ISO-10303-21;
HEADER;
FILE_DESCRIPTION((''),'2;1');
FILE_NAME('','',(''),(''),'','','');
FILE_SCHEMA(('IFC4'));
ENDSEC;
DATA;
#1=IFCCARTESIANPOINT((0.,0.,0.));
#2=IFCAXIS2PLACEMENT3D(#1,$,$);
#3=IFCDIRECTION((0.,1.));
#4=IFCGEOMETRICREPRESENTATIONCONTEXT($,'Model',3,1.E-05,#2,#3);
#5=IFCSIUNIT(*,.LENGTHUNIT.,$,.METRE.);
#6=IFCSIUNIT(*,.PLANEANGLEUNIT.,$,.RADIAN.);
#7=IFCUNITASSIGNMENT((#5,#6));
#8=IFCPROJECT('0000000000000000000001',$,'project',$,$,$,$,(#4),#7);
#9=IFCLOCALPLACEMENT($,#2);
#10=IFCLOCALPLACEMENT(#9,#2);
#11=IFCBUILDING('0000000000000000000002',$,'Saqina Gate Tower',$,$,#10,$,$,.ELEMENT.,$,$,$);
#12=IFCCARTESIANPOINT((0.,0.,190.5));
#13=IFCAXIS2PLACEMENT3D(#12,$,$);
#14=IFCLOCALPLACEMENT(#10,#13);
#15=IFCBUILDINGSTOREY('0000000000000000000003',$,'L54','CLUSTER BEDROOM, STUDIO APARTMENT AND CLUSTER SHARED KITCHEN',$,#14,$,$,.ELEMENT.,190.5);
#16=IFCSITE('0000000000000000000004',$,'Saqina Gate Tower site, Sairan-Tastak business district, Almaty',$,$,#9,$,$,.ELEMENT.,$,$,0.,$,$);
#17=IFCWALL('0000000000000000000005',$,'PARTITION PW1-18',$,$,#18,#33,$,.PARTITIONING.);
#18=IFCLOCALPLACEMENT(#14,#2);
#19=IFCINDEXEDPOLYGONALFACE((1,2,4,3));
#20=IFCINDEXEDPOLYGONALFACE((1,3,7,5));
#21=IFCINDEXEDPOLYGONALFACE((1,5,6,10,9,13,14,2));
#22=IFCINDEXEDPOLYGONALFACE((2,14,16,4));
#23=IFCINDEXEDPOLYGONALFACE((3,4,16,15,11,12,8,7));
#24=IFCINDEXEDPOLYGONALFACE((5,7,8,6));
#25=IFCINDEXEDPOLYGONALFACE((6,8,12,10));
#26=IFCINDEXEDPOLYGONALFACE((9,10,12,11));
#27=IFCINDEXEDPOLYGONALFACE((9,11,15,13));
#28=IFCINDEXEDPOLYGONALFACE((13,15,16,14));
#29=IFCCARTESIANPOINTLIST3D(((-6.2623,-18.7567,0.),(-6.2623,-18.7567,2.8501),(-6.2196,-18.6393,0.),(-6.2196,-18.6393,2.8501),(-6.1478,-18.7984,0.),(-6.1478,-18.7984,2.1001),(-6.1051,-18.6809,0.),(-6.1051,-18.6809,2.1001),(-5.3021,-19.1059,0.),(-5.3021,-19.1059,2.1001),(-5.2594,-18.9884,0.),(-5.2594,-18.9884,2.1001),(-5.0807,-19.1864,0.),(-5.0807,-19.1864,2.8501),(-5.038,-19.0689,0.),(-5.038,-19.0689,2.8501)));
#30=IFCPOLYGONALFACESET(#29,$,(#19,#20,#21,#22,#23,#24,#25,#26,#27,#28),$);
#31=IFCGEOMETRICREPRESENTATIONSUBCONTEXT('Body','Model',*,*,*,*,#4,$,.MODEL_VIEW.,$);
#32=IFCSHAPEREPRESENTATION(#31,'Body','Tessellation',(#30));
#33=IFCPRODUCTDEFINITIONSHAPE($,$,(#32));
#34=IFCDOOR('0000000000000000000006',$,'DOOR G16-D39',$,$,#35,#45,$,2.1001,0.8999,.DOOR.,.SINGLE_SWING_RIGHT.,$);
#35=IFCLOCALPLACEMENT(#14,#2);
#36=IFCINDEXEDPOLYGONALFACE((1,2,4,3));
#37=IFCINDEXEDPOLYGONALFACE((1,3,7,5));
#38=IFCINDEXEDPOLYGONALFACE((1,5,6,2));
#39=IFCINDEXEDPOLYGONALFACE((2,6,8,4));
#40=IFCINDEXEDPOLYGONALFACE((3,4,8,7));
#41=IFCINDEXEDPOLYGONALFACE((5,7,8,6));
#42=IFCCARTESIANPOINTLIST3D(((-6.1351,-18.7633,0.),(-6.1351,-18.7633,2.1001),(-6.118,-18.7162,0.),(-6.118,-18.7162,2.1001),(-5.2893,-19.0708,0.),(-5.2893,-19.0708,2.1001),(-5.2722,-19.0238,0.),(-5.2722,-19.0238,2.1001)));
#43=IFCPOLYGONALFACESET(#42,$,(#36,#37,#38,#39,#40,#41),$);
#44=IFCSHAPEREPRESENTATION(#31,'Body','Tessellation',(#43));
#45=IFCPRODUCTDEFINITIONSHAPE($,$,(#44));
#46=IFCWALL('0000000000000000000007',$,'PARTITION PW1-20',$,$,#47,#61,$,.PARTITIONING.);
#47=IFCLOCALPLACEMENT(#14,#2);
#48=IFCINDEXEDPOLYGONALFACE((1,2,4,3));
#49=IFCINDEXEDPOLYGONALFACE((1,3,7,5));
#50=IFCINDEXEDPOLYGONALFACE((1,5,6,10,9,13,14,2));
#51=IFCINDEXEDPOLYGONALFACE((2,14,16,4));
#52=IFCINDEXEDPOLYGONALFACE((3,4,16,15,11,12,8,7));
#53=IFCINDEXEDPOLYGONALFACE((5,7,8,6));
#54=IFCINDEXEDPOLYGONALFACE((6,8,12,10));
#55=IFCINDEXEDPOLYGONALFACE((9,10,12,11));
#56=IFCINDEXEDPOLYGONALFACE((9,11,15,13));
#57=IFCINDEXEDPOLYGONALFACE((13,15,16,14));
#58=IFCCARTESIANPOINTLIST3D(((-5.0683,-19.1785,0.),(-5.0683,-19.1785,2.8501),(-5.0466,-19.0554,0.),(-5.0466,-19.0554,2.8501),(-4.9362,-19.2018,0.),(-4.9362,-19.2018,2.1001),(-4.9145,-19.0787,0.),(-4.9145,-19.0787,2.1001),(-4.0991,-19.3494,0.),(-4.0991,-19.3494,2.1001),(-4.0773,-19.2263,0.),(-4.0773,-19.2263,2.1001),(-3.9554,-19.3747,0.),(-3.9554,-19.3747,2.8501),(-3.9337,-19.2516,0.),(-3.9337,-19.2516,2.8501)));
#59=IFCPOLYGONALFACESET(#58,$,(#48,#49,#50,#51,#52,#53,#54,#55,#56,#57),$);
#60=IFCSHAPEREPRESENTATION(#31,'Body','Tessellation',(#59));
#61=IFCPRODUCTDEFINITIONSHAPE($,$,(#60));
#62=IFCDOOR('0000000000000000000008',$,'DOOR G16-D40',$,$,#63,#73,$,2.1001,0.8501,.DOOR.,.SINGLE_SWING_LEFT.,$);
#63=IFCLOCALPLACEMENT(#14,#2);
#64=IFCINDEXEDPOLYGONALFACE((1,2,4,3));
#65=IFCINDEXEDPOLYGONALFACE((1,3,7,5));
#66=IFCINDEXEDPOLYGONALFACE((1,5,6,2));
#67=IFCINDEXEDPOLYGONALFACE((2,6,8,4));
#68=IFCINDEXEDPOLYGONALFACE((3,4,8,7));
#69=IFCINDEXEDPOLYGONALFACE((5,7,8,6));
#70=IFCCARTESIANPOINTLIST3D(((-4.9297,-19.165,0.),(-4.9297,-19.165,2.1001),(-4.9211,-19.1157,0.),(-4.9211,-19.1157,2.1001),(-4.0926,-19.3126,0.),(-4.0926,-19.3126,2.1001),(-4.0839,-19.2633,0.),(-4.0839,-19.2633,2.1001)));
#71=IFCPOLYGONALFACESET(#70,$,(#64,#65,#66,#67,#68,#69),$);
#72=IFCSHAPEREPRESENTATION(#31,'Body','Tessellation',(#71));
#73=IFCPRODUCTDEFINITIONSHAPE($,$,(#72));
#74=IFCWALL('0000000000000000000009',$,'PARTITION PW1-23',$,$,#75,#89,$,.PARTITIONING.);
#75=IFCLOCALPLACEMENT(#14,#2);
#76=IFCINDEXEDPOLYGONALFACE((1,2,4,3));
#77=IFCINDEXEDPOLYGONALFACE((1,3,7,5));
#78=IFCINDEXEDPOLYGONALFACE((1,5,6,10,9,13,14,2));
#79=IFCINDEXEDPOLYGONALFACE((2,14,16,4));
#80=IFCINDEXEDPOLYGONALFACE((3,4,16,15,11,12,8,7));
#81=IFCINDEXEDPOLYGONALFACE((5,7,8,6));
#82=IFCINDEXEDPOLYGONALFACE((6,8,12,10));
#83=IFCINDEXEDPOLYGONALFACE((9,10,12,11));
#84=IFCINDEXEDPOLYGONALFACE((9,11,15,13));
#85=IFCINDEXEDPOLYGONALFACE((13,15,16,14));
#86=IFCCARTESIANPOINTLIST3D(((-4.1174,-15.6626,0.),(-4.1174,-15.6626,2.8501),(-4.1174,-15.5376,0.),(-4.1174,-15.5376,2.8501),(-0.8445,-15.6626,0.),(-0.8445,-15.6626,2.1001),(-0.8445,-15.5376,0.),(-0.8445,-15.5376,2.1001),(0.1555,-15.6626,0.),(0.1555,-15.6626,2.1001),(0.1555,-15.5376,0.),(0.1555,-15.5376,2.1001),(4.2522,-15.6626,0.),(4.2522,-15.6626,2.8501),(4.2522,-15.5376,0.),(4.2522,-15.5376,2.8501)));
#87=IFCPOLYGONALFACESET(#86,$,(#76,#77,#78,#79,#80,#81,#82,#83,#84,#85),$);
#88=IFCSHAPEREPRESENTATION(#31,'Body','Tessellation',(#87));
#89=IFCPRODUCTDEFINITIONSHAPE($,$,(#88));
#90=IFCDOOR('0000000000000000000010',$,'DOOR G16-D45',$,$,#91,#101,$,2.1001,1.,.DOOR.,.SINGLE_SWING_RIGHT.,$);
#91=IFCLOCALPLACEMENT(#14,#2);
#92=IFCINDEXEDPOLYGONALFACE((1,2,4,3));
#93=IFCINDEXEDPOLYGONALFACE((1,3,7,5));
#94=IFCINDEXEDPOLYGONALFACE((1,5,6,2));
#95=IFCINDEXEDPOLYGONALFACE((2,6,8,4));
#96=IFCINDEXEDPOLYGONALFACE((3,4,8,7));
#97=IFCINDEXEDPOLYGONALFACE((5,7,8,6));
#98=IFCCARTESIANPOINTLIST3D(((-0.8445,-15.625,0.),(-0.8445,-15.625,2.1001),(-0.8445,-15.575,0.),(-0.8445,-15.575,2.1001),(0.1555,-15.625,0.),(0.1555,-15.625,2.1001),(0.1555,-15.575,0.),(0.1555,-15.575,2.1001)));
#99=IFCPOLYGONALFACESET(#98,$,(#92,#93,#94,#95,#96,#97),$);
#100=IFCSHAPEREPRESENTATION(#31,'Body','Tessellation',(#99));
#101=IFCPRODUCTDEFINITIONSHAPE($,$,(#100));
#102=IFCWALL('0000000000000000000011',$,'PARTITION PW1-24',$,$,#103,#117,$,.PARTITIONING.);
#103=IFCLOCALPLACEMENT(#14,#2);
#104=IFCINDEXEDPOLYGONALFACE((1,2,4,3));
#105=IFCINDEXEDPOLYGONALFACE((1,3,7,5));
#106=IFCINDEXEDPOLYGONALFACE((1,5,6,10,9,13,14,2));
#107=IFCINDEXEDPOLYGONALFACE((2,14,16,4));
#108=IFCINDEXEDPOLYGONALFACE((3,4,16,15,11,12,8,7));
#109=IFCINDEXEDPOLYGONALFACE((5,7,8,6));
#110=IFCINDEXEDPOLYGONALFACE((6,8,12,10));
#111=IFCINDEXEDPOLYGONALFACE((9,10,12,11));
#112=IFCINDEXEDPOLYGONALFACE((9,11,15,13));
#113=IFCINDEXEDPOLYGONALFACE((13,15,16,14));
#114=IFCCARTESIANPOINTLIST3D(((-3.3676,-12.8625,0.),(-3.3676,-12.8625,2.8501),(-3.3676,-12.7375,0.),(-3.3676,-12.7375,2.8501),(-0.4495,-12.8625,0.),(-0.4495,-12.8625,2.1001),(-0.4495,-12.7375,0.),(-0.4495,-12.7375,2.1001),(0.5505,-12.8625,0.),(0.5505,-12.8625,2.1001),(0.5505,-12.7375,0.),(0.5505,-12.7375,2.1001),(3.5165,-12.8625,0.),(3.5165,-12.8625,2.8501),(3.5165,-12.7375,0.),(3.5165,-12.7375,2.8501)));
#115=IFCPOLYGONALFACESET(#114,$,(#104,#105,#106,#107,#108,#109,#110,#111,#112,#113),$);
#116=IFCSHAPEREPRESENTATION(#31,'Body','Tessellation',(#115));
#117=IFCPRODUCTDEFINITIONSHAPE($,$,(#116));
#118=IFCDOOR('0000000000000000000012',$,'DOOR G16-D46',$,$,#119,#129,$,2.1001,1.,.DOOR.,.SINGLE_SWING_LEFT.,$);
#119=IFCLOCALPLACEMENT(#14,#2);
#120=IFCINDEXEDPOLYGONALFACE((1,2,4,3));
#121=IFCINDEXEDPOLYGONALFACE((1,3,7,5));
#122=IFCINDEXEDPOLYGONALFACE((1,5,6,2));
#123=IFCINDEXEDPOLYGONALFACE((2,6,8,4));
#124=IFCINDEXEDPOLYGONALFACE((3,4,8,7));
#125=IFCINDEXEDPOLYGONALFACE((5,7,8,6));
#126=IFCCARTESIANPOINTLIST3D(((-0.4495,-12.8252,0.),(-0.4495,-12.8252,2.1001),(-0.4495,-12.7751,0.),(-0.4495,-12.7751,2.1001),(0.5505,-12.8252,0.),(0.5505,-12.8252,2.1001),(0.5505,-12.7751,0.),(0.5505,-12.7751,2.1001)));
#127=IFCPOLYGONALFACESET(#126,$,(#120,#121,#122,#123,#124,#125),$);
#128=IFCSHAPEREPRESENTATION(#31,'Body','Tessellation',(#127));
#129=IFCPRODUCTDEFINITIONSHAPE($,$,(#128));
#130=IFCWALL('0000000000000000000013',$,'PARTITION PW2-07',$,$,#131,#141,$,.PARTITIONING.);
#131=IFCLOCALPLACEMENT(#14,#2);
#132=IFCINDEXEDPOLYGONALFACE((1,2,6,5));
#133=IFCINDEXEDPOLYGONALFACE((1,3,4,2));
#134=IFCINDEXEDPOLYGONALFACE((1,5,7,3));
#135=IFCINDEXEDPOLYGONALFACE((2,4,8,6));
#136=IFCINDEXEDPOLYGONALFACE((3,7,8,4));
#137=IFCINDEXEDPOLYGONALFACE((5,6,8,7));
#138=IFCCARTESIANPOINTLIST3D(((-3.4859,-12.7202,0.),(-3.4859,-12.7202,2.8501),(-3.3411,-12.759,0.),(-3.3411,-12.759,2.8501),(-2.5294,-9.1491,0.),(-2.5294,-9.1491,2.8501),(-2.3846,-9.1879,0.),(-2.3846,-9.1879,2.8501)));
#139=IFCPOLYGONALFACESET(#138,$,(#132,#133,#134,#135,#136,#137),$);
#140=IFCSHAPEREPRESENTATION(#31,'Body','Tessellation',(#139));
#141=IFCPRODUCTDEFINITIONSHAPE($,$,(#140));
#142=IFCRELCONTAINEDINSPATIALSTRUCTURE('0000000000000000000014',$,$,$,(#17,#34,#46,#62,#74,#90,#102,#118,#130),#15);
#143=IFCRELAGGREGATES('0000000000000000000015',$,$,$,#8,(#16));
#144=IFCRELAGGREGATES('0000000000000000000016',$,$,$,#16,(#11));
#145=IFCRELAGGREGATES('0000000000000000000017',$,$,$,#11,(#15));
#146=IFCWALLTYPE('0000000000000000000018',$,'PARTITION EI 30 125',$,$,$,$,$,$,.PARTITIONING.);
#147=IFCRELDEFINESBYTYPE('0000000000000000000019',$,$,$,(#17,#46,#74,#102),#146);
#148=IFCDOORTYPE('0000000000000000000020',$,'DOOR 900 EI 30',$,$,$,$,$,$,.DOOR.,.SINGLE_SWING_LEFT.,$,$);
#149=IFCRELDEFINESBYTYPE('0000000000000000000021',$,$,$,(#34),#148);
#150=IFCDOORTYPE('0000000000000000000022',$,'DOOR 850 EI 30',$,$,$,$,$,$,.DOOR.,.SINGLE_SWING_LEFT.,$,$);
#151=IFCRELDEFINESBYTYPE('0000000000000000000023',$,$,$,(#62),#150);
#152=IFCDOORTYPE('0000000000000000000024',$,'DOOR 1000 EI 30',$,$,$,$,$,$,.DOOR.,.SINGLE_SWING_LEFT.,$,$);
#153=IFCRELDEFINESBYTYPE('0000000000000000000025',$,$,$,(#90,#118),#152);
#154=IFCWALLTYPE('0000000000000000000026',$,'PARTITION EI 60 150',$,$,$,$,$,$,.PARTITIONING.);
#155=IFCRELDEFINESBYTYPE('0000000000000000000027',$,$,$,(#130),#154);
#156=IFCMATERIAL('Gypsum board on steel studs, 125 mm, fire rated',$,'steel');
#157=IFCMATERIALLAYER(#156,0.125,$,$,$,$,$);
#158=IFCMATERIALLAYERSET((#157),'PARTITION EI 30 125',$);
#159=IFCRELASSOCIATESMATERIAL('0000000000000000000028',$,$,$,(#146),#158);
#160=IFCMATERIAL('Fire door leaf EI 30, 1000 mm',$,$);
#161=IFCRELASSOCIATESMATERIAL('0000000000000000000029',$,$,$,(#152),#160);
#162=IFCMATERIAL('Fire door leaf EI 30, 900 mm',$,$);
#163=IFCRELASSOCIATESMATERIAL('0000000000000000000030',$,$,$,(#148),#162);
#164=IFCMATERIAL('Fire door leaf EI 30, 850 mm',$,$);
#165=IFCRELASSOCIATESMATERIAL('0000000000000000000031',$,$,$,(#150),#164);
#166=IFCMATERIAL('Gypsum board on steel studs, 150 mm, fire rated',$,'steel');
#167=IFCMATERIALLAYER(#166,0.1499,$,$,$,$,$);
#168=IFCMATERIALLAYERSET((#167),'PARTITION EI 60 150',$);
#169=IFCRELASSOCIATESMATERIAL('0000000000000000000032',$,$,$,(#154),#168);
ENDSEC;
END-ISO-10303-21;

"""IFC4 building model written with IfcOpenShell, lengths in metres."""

from ifc_helpers import new_model, si_unit, direction, frame, frame_2d, origin, place, context, subcontext, project, spatial, rectangle, extrude, material, layer, layer_set, type_object, element, fill, save


model = new_model("IFC4")

# Units and contexts
model_context = context("Model", 3, precision=1e-05, world=origin(), true_north=direction((0.0, 1.0)))
body_context = subcontext(model_context, "Body", "Model", "MODEL_VIEW")
ifc_project = project(units=[si_unit("LENGTHUNIT", "METRE"), si_unit("PLANEANGLEUNIT", "RADIAN")], contexts=[model_context])

# Site, building, storey
site_placement = place(None, origin())
site = spatial("IfcSite", under=ifc_project, at=site_placement, Name="Saqina Gate Tower site, Sairan-Tastak business district, Almaty", CompositionType="ELEMENT", RefElevation=0.0)
building_placement = place(site_placement, origin())
building = spatial("IfcBuilding", under=site, at=building_placement, Name="Saqina Gate Tower", CompositionType="ELEMENT")
storey_placement = place(building_placement, frame((0.0, 0.0, 190.5)))
storey = spatial("IfcBuildingStorey", under=building, at=storey_placement, Name="L54", Description="CLUSTER BEDROOM, STUDIO APARTMENT AND CLUSTER SHARED KITCHEN", CompositionType="ELEMENT", Elevation=190.5)

# Walls, openings, doors
ifc_material_1 = material(Name="Gypsum board on steel studs, 125 mm, fire rated", Category="steel")
ifc_layer_1 = layer(ifc_material_1, 0.125)
ifc_layer_set_1 = layer_set([ifc_layer_1], Name="PARTITION EI 30 125")
wall_type_1 = type_object("IfcWallType", Name="PARTITION EI 30 125", PredefinedType="PARTITIONING", material=ifc_layer_set_1)
ifc_material_2 = material(Name="Fire door leaf EI 30, 1000 mm")
door_type_1 = type_object("IfcDoorType", Name="DOOR 1000 EI 30", OperationType="SINGLE_SWING_LEFT", PredefinedType="DOOR", material=ifc_material_2)
wall_1_placement = place(storey_placement, frame((-6.241, -18.698, 0.0), z_axis=(0.0, 0.0, 1.0), x_axis=(0.939793, -0.341743, 0.0)))
wall_1 = element("IfcWall", 1, at=wall_1_placement, inside=storey, type_object=wall_type_1, Name="PARTITION PW1-18", PredefinedType="PARTITIONING", context=body_context, shape_type="SweptSolid", body=[
    extrude(rectangle(XDim=1.2573, YDim=0.125, at=frame_2d((0.6287, 0.0))), origin(), (0.0, 0.0, 1.0), 2.8501),
])
opening_1_placement = place(wall_1_placement, frame((0.1218, 0.0, 0.0)))
opening_1 = element("IfcOpeningElement", 2, at=opening_1_placement, cuts=wall_1, PredefinedType="OPENING", context=body_context, shape_type="SweptSolid", body=[
    extrude(rectangle(XDim=0.8999, YDim=2.1001, at=frame_2d((0.45, 1.05))), frame((0.0, 0.0745, 0.0), z_axis=(0.0, -1.0, 0.0), x_axis=(1.0, 0.0, 0.0)), (0.0, 0.0, 1.0), 0.1489),
])
ifc_material_3 = material(Name="Fire door leaf EI 30, 900 mm")
door_type_2 = type_object("IfcDoorType", Name="DOOR 900 EI 30", OperationType="SINGLE_SWING_LEFT", PredefinedType="DOOR", material=ifc_material_3)
door_1_placement = place(opening_1_placement, origin())
door_1 = element("IfcDoor", 3, at=door_1_placement, inside=storey, type_object=door_type_2, Name="DOOR G16-D39", OperationType="SINGLE_SWING_RIGHT", OverallHeight=2.1001, OverallWidth=0.8999, PredefinedType="DOOR", context=body_context, shape_type="SweptSolid", body=[
    extrude(rectangle(XDim=0.8999, YDim=2.1001, at=frame_2d((0.45, 1.05))), frame((0.0, 0.0249, 0.0), z_axis=(0.0, -1.0, 0.0), x_axis=(1.0, 0.0, 0.0)), (0.0, 0.0, 1.0), 0.05),
])
fill(opening_1, door_1)
wall_2_placement = place(storey_placement, frame((-5.0574, -19.1169, 0.0), z_axis=(0.0, 0.0, 1.0), x_axis=(0.984803, -0.173674, 0.0)))
wall_2 = element("IfcWall", 4, at=wall_2_placement, inside=storey, type_object=wall_type_1, Name="PARTITION PW1-20", PredefinedType="PARTITIONING", context=body_context, shape_type="SweptSolid", body=[
    extrude(rectangle(XDim=1.1301, YDim=0.125, at=frame_2d((0.5649, 0.0))), origin(), (0.0, 0.0, 1.0), 2.8501),
])
opening_2_placement = place(wall_2_placement, frame((0.134, 0.0, 0.0)))
opening_2 = element("IfcOpeningElement", 5, at=opening_2_placement, cuts=wall_2, PredefinedType="OPENING", context=body_context, shape_type="SweptSolid", body=[
    extrude(rectangle(XDim=0.8501, YDim=2.1001, at=frame_2d((0.425, 1.05))), frame((0.0, 0.0745, 0.0), z_axis=(0.0, -1.0, 0.0), x_axis=(1.0, 0.0, 0.0)), (0.0, 0.0, 1.0), 0.1489),
])
ifc_material_4 = material(Name="Fire door leaf EI 30, 850 mm")
door_type_3 = type_object("IfcDoorType", Name="DOOR 850 EI 30", OperationType="SINGLE_SWING_LEFT", PredefinedType="DOOR", material=ifc_material_4)
door_2_placement = place(opening_2_placement, origin())
door_2 = element("IfcDoor", 6, at=door_2_placement, inside=storey, type_object=door_type_3, Name="DOOR G16-D40", OperationType="SINGLE_SWING_LEFT", OverallHeight=2.1001, OverallWidth=0.8501, PredefinedType="DOOR", context=body_context, shape_type="SweptSolid", body=[
    extrude(rectangle(XDim=0.8501, YDim=2.1001, at=frame_2d((0.425, 1.05))), frame((0.0, 0.0249, 0.0), z_axis=(0.0, -1.0, 0.0), x_axis=(1.0, 0.0, 0.0)), (0.0, 0.0, 1.0), 0.05),
])
fill(opening_2, door_2)
wall_3_placement = place(storey_placement, frame((-4.1174, -15.6001, 0.0), z_axis=(0.0, 0.0, 1.0), x_axis=(1.0, 0.0, 0.0)))
wall_3 = element("IfcWall", 7, at=wall_3_placement, inside=storey, type_object=wall_type_1, Name="PARTITION PW1-23", PredefinedType="PARTITIONING", context=body_context, shape_type="SweptSolid", body=[
    extrude(rectangle(XDim=8.3696, YDim=0.125, at=frame_2d((4.1848, 0.0))), origin(), (0.0, 0.0, 1.0), 2.8501),
])
opening_3_placement = place(wall_3_placement, frame((3.2729, 0.0, 0.0)))
opening_3 = element("IfcOpeningElement", 8, at=opening_3_placement, cuts=wall_3, PredefinedType="OPENING", context=body_context, shape_type="SweptSolid", body=[
    extrude(rectangle(XDim=1.0, YDim=2.1001, at=frame_2d((0.5, 1.05))), frame((0.0, 0.0745, 0.0), z_axis=(0.0, -1.0, 0.0), x_axis=(1.0, 0.0, 0.0)), (0.0, 0.0, 1.0), 0.1489),
])
door_3_placement = place(opening_3_placement, frame((1.0, 0.0, 0.0), z_axis=(0.0, 0.0, 1.0), x_axis=(-1.0, 0.0, 0.0)))
door_3 = element("IfcDoor", 9, at=door_3_placement, inside=storey, type_object=door_type_1, Name="DOOR G16-D45", OperationType="SINGLE_SWING_RIGHT", OverallHeight=2.1001, OverallWidth=1.0, PredefinedType="DOOR", context=body_context, shape_type="SweptSolid", body=[
    extrude(rectangle(XDim=1.0, YDim=2.1001, at=frame_2d((0.5, 1.05))), frame((0.0, 0.0249, 0.0), z_axis=(0.0, -1.0, 0.0), x_axis=(1.0, 0.0, 0.0)), (0.0, 0.0, 1.0), 0.05),
])
fill(opening_3, door_3)
wall_4_placement = place(storey_placement, frame((-3.3674, -12.8, 0.0), z_axis=(0.0, 0.0, 1.0), x_axis=(1.0, 0.0, 0.0)))
wall_4 = element("IfcWall", 10, at=wall_4_placement, inside=storey, type_object=wall_type_1, Name="PARTITION PW1-24", PredefinedType="PARTITIONING", context=body_context, shape_type="SweptSolid", body=[
    extrude(rectangle(XDim=6.884, YDim=0.125, at=frame_2d((3.4419, 0.0))), origin(), (0.0, 0.0, 1.0), 2.8501),
])
opening_4_placement = place(wall_4_placement, frame((2.918, 0.0, 0.0)))
opening_4 = element("IfcOpeningElement", 11, at=opening_4_placement, cuts=wall_4, PredefinedType="OPENING", context=body_context, shape_type="SweptSolid", body=[
    extrude(rectangle(XDim=1.0, YDim=2.1001, at=frame_2d((0.5, 1.05))), frame((0.0, 0.0745, 0.0), z_axis=(0.0, -1.0, 0.0), x_axis=(1.0, 0.0, 0.0)), (0.0, 0.0, 1.0), 0.1489),
])
door_4_placement = place(opening_4_placement, origin())
door_4 = element("IfcDoor", 12, at=door_4_placement, inside=storey, type_object=door_type_1, Name="DOOR G16-D46", OperationType="SINGLE_SWING_LEFT", OverallHeight=2.1001, OverallWidth=1.0, PredefinedType="DOOR", context=body_context, shape_type="SweptSolid", body=[
    extrude(rectangle(XDim=1.0, YDim=2.1001, at=frame_2d((0.5, 1.05))), frame((0.0, 0.0249, 0.0), z_axis=(0.0, -1.0, 0.0), x_axis=(1.0, 0.0, 0.0)), (0.0, 0.0, 1.0), 0.05),
])
fill(opening_4, door_4)

# Wall
ifc_material_5 = material(Name="Gypsum board on steel studs, 150 mm, fire rated", Category="steel")
ifc_layer_2 = layer(ifc_material_5, 0.1499)
ifc_layer_set_2 = layer_set([ifc_layer_2], Name="PARTITION EI 60 150")
wall_type_2 = type_object("IfcWallType", Name="PARTITION EI 60 150", PredefinedType="PARTITIONING", material=ifc_layer_set_2)
wall_5_placement = place(storey_placement, frame((-3.4136, -12.7397, 0.0), z_axis=(0.0, 0.0, 1.0), x_axis=(0.258739, 0.965947, 0.0)))
element("IfcWall", 13, at=wall_5_placement, inside=storey, type_object=wall_type_2, Name="PARTITION PW2-07", PredefinedType="PARTITIONING", context=body_context, shape_type="SweptSolid", body=[
    extrude(rectangle(XDim=3.697, YDim=0.1499, at=frame_2d((1.8486, 0.0))), origin(), (0.0, 0.0, 1.0), 2.8501),
])

save(model, "model.ifc")
